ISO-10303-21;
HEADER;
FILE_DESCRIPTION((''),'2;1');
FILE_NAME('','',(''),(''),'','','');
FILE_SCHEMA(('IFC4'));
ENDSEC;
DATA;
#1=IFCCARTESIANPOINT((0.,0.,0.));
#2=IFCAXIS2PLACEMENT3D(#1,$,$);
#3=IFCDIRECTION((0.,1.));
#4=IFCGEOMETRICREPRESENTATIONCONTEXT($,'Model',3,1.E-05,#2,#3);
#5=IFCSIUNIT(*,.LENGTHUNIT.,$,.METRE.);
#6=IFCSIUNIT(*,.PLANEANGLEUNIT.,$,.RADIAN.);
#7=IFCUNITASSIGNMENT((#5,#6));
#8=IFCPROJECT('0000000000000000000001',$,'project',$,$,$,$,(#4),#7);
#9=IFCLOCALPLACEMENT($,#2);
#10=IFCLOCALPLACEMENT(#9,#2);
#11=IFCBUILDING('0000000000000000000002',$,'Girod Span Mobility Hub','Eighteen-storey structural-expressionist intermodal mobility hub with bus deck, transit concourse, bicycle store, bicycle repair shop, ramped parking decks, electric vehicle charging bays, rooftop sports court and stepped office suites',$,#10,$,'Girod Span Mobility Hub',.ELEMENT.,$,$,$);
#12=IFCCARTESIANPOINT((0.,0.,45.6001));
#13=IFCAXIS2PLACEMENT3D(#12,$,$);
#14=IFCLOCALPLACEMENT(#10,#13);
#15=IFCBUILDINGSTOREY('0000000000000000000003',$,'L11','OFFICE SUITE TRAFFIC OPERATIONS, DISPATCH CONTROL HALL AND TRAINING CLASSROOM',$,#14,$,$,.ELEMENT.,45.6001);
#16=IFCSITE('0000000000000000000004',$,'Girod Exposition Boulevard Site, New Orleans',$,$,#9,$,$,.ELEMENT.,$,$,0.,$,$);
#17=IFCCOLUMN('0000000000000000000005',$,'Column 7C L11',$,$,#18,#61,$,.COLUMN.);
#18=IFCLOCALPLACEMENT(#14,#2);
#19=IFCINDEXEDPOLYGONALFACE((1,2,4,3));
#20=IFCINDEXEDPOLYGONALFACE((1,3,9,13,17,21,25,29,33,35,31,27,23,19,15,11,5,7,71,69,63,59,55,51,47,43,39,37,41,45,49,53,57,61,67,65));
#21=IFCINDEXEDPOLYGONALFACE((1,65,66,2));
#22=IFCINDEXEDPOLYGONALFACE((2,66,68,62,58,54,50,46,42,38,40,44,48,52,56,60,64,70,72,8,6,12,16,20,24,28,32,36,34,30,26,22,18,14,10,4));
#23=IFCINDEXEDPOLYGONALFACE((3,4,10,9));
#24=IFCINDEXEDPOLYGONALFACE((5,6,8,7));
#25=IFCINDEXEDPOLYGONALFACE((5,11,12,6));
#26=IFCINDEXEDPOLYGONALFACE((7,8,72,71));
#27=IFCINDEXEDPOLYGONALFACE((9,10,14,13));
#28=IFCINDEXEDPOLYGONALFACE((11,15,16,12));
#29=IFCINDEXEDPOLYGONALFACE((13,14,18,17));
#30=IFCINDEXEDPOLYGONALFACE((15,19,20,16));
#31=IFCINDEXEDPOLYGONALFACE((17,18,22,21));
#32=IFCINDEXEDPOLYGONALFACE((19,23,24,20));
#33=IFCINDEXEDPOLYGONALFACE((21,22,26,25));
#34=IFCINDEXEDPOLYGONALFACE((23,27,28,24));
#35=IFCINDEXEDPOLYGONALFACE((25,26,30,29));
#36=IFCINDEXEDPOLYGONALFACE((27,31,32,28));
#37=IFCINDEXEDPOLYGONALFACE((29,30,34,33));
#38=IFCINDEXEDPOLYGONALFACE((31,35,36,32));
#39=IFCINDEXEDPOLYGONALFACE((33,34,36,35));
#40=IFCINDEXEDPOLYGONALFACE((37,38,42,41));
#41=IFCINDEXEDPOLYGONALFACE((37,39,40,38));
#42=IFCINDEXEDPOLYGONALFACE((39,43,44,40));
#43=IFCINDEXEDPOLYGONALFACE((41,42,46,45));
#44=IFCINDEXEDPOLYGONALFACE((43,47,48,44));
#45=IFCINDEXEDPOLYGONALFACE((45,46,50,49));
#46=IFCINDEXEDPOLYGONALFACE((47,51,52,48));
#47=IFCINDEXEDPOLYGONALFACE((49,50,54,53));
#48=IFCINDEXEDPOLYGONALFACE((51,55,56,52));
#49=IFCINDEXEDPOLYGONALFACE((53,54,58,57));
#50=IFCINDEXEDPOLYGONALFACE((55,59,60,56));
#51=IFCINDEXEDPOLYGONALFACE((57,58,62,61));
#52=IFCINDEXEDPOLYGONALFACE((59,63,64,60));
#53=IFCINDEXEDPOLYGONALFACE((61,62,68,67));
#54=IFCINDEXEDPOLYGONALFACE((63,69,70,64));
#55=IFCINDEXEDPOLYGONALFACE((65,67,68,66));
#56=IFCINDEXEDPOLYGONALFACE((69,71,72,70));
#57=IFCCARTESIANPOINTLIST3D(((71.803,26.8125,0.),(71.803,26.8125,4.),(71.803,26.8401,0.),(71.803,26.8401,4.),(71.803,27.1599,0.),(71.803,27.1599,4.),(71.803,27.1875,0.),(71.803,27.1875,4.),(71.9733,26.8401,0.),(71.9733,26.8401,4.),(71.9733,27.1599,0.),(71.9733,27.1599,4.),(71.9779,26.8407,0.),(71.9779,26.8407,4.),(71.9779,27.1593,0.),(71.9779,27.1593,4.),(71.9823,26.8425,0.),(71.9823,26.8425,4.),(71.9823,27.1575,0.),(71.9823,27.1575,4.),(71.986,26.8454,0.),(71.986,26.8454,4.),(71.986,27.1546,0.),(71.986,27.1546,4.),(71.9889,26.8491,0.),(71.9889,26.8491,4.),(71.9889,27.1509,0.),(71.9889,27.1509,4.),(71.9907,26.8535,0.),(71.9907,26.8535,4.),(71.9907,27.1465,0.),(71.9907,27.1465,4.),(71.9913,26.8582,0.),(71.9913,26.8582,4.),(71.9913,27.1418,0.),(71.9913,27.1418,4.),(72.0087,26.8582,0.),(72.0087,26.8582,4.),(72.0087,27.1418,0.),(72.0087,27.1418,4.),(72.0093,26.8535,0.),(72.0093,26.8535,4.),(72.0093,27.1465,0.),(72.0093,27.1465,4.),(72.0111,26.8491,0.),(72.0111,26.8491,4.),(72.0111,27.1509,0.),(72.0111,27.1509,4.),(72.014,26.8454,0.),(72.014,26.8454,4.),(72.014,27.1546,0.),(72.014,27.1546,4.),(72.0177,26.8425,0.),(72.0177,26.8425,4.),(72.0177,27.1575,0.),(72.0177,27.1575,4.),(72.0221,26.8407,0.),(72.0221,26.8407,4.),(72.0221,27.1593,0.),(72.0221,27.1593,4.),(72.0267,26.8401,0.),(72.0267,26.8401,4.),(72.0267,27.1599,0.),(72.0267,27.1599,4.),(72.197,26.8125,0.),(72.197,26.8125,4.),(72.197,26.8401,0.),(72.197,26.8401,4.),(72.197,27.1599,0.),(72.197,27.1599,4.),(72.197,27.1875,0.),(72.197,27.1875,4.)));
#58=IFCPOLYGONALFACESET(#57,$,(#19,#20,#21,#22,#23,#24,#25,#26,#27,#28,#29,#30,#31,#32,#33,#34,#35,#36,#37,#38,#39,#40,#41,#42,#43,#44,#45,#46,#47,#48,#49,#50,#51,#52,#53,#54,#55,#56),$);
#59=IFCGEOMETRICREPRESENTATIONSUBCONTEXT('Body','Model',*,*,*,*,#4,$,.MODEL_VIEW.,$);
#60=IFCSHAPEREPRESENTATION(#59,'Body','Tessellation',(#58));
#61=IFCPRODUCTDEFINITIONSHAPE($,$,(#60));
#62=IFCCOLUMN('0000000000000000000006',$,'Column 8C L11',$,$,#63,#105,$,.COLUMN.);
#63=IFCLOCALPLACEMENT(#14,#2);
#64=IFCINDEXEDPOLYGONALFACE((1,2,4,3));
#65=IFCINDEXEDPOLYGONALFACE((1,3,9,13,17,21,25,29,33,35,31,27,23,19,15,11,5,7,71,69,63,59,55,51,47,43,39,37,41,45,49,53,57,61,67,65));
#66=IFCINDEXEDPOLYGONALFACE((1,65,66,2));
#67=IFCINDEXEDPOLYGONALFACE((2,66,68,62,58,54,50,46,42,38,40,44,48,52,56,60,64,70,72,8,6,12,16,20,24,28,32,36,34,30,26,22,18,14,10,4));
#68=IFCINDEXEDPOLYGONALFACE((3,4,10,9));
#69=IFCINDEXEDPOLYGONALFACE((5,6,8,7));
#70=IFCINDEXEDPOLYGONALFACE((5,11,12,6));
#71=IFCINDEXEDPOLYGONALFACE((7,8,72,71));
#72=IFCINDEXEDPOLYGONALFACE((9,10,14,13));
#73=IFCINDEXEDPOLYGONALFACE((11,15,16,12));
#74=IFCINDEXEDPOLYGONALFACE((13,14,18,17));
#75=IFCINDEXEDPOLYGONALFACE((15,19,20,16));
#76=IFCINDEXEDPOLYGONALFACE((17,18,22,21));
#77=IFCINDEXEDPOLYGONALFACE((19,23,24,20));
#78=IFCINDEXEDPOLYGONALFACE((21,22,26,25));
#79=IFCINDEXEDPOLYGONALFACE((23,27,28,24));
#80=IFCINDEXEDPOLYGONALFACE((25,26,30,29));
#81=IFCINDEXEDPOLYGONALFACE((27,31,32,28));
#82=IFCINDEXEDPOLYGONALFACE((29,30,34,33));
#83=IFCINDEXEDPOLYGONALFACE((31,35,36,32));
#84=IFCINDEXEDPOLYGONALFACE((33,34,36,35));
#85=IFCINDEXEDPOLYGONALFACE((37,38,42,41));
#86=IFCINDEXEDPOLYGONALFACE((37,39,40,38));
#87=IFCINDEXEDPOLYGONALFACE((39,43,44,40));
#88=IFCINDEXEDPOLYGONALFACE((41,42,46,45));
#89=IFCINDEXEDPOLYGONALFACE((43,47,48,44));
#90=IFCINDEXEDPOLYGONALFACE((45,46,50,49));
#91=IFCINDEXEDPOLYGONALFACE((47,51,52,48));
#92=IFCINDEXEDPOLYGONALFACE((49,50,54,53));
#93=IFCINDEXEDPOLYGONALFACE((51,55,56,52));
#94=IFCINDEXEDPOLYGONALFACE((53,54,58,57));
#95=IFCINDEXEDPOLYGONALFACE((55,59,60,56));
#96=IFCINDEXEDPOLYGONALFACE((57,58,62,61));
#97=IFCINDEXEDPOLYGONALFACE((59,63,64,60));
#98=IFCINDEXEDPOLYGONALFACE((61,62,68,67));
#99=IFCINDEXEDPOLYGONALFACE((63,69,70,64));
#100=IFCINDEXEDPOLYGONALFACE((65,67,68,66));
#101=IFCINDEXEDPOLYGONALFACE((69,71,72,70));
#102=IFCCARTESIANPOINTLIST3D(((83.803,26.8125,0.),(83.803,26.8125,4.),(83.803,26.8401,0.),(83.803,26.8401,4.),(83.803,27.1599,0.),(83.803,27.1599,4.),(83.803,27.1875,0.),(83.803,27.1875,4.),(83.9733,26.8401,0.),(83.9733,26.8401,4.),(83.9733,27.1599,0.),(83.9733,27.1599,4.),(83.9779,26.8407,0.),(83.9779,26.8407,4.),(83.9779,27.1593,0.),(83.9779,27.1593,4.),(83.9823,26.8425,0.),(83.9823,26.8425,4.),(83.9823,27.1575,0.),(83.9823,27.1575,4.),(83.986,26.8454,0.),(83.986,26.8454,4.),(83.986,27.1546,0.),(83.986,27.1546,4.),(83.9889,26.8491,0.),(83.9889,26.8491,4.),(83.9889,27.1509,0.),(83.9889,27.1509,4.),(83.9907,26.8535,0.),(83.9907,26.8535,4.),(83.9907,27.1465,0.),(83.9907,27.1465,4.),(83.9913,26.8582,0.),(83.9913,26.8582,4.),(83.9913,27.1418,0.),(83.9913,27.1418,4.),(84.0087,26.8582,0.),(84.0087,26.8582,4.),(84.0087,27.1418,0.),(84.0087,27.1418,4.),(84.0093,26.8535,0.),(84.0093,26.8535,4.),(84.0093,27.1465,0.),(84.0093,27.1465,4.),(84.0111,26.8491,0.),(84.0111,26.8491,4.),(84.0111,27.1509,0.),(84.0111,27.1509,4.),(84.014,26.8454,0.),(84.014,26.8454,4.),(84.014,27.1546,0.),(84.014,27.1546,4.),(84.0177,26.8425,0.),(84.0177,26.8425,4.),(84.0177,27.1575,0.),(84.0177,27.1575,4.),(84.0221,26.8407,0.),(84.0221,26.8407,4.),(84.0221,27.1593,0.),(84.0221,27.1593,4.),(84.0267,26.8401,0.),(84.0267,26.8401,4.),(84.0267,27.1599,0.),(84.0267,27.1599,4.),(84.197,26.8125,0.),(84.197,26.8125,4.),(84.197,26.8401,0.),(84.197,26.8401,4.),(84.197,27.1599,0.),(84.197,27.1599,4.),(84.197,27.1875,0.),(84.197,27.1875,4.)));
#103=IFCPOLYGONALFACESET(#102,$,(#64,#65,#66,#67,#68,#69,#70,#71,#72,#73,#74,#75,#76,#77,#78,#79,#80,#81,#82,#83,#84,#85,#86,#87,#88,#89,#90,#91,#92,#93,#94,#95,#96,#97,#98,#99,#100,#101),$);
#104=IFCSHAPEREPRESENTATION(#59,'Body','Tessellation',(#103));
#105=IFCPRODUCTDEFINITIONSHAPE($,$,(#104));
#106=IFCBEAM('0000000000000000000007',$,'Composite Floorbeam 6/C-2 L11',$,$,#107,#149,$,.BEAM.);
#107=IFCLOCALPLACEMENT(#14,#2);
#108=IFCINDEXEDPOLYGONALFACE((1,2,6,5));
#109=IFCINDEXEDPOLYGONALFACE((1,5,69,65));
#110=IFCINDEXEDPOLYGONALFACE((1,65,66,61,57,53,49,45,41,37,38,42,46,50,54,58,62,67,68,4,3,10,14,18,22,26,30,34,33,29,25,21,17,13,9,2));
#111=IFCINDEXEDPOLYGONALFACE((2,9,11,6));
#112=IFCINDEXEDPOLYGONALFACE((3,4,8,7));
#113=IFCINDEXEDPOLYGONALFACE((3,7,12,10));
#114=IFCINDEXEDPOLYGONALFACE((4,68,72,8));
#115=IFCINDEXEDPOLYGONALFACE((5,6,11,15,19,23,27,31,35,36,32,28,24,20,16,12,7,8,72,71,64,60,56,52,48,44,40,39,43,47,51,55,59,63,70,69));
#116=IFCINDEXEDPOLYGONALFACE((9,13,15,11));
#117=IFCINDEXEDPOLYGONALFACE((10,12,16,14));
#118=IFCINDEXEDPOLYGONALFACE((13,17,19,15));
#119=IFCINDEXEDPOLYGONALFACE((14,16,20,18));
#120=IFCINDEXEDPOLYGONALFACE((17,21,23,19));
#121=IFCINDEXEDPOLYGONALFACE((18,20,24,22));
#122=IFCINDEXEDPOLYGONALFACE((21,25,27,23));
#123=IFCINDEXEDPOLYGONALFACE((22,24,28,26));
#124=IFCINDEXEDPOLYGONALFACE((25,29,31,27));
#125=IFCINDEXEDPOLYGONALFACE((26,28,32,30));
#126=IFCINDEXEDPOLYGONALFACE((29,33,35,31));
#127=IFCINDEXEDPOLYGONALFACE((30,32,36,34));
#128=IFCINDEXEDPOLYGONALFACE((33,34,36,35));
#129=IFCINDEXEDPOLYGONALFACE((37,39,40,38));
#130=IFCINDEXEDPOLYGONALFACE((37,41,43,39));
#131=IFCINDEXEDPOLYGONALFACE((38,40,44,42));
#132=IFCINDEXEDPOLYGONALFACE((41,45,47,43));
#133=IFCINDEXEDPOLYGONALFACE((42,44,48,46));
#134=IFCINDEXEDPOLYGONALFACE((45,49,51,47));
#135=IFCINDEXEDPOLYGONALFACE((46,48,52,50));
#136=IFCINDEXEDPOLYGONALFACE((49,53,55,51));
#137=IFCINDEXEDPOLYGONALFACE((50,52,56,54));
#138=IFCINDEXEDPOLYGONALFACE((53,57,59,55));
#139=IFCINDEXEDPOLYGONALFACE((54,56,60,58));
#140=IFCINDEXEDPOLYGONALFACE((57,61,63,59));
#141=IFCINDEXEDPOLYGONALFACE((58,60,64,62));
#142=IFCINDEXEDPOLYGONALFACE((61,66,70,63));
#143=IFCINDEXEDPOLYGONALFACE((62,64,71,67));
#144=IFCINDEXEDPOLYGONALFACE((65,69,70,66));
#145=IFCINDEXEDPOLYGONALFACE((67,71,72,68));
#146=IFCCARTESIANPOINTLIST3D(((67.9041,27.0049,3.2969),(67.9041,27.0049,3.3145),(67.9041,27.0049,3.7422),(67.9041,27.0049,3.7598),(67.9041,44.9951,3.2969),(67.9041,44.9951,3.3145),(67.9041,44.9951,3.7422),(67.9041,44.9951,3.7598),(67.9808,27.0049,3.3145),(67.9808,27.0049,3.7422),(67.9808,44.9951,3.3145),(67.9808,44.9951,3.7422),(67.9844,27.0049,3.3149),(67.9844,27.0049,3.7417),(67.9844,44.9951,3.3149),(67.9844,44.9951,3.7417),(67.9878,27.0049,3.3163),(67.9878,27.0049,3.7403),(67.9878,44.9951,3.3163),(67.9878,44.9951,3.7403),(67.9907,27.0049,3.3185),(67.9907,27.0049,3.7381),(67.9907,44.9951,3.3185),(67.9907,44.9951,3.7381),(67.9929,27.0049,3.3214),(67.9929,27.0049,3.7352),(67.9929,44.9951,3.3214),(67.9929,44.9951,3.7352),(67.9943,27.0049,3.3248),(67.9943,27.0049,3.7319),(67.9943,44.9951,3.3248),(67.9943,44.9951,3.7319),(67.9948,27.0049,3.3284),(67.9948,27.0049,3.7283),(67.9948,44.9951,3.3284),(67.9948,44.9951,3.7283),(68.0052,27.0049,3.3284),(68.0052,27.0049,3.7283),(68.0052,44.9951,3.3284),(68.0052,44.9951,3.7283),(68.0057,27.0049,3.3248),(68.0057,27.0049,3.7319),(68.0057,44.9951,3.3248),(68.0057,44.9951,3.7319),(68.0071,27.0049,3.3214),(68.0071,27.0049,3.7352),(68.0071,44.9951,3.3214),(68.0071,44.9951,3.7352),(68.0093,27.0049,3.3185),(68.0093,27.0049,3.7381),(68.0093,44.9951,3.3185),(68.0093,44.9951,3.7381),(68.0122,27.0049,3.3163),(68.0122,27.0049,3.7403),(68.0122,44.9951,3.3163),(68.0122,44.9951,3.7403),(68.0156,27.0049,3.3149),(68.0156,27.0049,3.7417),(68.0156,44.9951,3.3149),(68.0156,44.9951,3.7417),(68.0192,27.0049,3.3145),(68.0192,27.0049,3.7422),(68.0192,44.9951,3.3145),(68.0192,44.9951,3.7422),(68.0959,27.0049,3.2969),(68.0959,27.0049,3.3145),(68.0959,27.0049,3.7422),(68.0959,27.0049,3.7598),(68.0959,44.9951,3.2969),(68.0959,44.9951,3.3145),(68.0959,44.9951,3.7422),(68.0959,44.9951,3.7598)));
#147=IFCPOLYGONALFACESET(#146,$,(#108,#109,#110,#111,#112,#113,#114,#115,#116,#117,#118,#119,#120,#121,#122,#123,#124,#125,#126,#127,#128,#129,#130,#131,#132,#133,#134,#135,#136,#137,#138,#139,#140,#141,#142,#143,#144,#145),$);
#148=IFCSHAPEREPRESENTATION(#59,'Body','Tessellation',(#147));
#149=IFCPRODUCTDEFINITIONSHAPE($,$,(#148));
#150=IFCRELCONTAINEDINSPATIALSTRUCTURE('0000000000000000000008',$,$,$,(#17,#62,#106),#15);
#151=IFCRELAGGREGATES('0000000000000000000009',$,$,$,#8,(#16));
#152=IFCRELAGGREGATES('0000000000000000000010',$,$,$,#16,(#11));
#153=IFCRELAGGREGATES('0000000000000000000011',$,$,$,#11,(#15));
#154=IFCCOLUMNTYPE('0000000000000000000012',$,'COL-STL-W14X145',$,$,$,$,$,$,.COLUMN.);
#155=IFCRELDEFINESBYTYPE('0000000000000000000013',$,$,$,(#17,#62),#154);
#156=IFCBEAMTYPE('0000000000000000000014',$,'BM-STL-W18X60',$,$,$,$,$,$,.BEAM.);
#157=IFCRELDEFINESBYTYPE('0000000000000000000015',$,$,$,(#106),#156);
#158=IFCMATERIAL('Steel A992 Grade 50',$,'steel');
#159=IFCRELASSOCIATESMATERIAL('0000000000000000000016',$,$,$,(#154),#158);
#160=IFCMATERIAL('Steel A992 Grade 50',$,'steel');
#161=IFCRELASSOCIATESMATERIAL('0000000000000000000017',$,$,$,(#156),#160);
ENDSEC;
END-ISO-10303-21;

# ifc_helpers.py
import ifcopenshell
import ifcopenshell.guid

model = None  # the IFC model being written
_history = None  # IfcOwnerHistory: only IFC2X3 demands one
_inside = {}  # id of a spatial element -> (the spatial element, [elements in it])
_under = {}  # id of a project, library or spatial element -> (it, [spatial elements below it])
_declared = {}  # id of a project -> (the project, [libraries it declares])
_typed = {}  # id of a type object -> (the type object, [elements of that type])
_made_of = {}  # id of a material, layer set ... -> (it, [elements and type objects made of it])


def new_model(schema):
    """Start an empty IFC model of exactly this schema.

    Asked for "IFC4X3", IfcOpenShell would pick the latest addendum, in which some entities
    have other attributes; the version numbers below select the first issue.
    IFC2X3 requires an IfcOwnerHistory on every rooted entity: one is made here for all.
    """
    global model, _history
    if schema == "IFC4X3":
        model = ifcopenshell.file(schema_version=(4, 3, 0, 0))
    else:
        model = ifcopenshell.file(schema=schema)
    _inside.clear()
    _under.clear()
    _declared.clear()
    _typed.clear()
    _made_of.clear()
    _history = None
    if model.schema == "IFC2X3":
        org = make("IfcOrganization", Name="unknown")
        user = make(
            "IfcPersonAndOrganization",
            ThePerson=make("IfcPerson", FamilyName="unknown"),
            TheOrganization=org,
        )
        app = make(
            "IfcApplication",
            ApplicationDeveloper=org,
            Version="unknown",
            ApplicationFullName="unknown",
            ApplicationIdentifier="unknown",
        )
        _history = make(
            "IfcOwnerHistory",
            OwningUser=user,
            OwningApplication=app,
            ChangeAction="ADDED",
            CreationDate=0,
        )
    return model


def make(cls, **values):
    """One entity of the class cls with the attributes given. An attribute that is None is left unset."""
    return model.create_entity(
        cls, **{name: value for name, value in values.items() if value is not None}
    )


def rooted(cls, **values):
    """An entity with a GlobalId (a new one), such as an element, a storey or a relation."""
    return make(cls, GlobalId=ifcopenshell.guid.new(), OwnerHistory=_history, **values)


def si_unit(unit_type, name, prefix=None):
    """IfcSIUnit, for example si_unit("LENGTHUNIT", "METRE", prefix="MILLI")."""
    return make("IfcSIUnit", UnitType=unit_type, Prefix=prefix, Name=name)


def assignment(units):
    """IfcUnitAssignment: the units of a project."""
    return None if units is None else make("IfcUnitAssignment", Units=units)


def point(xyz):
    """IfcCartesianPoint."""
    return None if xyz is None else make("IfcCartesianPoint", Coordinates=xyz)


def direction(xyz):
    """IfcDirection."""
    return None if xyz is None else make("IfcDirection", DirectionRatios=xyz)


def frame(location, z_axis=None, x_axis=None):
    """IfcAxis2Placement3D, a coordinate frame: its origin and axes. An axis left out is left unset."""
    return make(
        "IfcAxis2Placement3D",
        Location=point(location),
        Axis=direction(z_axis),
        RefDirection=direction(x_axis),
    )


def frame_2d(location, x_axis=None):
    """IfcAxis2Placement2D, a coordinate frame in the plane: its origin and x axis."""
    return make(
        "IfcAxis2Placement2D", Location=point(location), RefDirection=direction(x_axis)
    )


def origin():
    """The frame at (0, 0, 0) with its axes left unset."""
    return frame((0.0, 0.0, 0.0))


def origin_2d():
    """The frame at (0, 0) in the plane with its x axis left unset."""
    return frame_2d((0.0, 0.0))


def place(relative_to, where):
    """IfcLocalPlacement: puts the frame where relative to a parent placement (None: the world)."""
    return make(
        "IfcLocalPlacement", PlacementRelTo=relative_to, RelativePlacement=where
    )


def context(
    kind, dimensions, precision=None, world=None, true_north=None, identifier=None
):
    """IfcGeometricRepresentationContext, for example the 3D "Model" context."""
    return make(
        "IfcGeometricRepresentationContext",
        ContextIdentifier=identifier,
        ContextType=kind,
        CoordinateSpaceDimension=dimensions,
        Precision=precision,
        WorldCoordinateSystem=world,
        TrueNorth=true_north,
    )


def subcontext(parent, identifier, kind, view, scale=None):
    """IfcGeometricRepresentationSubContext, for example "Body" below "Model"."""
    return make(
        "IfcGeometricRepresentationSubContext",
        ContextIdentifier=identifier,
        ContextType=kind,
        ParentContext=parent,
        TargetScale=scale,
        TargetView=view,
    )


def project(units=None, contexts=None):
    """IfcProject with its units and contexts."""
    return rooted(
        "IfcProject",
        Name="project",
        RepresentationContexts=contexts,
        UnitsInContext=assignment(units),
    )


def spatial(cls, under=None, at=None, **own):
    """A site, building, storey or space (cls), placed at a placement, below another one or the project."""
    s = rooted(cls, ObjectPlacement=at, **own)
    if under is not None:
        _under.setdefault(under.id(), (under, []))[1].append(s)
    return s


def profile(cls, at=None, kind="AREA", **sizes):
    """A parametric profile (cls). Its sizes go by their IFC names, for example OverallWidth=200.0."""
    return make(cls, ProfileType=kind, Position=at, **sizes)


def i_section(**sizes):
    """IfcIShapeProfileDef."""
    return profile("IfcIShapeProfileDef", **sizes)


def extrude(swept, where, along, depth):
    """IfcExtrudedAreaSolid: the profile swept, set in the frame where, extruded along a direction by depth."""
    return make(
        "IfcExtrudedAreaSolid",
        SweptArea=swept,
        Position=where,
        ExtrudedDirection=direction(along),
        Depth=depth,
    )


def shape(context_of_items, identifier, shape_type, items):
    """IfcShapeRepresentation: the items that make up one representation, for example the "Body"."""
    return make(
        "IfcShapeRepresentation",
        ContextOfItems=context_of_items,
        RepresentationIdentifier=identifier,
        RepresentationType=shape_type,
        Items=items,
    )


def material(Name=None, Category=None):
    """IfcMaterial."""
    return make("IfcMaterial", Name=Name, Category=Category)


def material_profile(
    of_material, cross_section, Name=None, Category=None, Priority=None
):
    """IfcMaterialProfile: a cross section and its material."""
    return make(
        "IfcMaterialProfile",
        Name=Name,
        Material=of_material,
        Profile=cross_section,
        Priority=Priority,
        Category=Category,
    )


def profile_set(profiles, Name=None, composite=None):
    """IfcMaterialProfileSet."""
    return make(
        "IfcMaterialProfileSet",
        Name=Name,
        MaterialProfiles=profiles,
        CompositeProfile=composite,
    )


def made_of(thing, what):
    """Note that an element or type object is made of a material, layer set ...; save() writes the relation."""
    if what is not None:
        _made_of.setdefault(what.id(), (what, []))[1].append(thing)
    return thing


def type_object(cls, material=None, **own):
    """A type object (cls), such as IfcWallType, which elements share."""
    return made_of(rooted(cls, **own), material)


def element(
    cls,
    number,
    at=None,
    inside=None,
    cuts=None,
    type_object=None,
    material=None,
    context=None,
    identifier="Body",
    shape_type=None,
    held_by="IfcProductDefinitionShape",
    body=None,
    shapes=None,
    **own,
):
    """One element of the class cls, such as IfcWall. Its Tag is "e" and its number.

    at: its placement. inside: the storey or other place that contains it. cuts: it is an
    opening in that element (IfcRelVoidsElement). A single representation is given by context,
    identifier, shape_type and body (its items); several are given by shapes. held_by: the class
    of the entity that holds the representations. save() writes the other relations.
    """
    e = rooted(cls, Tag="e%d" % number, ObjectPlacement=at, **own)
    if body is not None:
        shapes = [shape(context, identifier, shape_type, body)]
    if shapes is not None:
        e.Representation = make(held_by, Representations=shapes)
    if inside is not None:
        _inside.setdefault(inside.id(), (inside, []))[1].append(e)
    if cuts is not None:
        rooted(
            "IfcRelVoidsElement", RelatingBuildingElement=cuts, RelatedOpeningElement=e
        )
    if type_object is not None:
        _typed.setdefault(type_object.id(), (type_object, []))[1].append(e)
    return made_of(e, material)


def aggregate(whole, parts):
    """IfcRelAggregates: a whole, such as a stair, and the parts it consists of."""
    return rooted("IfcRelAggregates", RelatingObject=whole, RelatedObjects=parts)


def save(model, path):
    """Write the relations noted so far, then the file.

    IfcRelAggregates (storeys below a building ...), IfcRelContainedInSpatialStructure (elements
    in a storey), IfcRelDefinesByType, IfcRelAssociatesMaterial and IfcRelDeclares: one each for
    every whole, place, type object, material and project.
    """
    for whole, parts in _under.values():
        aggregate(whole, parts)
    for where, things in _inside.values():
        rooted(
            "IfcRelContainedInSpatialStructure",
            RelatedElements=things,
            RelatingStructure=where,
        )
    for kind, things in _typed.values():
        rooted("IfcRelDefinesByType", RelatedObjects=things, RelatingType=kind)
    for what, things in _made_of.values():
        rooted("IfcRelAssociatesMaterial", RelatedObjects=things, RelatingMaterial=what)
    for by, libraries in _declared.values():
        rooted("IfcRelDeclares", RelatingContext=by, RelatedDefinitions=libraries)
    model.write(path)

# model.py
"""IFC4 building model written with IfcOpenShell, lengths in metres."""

from ifc_helpers import new_model, si_unit, direction, frame, origin, origin_2d, place, context, subcontext, project, spatial, i_section, extrude, material, material_profile, profile_set, type_object, element, save


model = new_model("IFC4")

# Units and contexts
model_context = context("Model", 3, precision=1e-05, world=origin(), true_north=direction((0.0, 1.0)))
body_context = subcontext(model_context, "Body", "Model", "MODEL_VIEW")
ifc_project = project(units=[si_unit("LENGTHUNIT", "METRE"), si_unit("PLANEANGLEUNIT", "RADIAN")], contexts=[model_context])

# Site, building, storey
site_placement = place(None, origin())
site = spatial("IfcSite", under=ifc_project, at=site_placement, Name="Girod Exposition Boulevard Site, New Orleans", CompositionType="ELEMENT", RefElevation=0.0)
building_placement = place(site_placement, origin())
building = spatial("IfcBuilding", under=site, at=building_placement, Name="Girod Span Mobility Hub", Description="Eighteen-storey structural-expressionist intermodal mobility hub with bus deck, transit concourse, bicycle store, bicycle repair shop, ramped parking decks, electric vehicle charging bays, rooftop sports court and stepped office suites", LongName="Girod Span Mobility Hub", CompositionType="ELEMENT")
storey_placement = place(building_placement, frame((0.0, 0.0, 45.6001)))
storey = spatial("IfcBuildingStorey", under=building, at=storey_placement, Name="L11", Description="OFFICE SUITE TRAFFIC OPERATIONS, DISPATCH CONTROL HALL AND TRAINING CLASSROOM", CompositionType="ELEMENT", Elevation=45.6001)

# Columns
ifc_material_1 = material(Name="Steel A992 Grade 50", Category="steel")
ifc_material_profile_1 = material_profile(ifc_material_1, i_section(OverallWidth=0.394, OverallDepth=0.375, WebThickness=0.0173, FlangeThickness=0.0276, FilletRadius=0.0181, at=origin_2d()), Name="W14X145")
ifc_profile_set_1 = profile_set([ifc_material_profile_1], Name="Steel A992 Grade 50")
column_type = type_object("IfcColumnType", Name="COL-STL-W14X145", PredefinedType="COLUMN", material=ifc_profile_set_1)
for number, where, z_axis, x_axis, name in (
    (1, (72.0, 27.0, 0.0), (0.0, 0.0, 1.0), (1.0, 0.0, 0.0), "Column 7C L11"),
    (2, (84.0, 27.0, 0.0), (0.0, 0.0, 1.0), (1.0, 0.0, 0.0), "Column 8C L11"),
):
    element("IfcColumn", number, at=place(storey_placement, frame(where, z_axis=z_axis, x_axis=x_axis)), inside=storey, type_object=column_type, Name=name, PredefinedType="COLUMN", context=body_context, shape_type="SweptSolid", body=[
        extrude(i_section(OverallWidth=0.394, OverallDepth=0.375, WebThickness=0.0173, FlangeThickness=0.0276, FilletRadius=0.0181, at=origin_2d()), origin(), (0.0, 0.0, 1.0), 4.0),
    ])

# Beam
ifc_material_2 = material(Name="Steel A992 Grade 50", Category="steel")
ifc_material_profile_2 = material_profile(ifc_material_2, i_section(OverallWidth=0.1919, OverallDepth=0.4629, WebThickness=0.0105, FlangeThickness=0.0176, FilletRadius=0.0139, at=origin_2d()), Name="W18X60")
ifc_profile_set_2 = profile_set([ifc_material_profile_2], Name="Steel A992 Grade 50")
beam_type = type_object("IfcBeamType", Name="BM-STL-W18X60", PredefinedType="BEAM", material=ifc_profile_set_2)
beam_placement = place(storey_placement, frame((68.0, 27.0049, 3.5283), z_axis=(0.0, 1.0, 0.0), x_axis=(-1.0, 0.0, 0.0)))
element("IfcBeam", 3, at=beam_placement, inside=storey, type_object=beam_type, Name="Composite Floorbeam 6/C-2 L11", PredefinedType="BEAM", context=body_context, shape_type="SweptSolid", body=[
    extrude(i_section(OverallWidth=0.1919, OverallDepth=0.4629, WebThickness=0.0105, FlangeThickness=0.0176, FilletRadius=0.0139, at=origin_2d()), origin(), (0.0, 0.0, 1.0), 17.9902),
])

save(model, "model.ifc")
